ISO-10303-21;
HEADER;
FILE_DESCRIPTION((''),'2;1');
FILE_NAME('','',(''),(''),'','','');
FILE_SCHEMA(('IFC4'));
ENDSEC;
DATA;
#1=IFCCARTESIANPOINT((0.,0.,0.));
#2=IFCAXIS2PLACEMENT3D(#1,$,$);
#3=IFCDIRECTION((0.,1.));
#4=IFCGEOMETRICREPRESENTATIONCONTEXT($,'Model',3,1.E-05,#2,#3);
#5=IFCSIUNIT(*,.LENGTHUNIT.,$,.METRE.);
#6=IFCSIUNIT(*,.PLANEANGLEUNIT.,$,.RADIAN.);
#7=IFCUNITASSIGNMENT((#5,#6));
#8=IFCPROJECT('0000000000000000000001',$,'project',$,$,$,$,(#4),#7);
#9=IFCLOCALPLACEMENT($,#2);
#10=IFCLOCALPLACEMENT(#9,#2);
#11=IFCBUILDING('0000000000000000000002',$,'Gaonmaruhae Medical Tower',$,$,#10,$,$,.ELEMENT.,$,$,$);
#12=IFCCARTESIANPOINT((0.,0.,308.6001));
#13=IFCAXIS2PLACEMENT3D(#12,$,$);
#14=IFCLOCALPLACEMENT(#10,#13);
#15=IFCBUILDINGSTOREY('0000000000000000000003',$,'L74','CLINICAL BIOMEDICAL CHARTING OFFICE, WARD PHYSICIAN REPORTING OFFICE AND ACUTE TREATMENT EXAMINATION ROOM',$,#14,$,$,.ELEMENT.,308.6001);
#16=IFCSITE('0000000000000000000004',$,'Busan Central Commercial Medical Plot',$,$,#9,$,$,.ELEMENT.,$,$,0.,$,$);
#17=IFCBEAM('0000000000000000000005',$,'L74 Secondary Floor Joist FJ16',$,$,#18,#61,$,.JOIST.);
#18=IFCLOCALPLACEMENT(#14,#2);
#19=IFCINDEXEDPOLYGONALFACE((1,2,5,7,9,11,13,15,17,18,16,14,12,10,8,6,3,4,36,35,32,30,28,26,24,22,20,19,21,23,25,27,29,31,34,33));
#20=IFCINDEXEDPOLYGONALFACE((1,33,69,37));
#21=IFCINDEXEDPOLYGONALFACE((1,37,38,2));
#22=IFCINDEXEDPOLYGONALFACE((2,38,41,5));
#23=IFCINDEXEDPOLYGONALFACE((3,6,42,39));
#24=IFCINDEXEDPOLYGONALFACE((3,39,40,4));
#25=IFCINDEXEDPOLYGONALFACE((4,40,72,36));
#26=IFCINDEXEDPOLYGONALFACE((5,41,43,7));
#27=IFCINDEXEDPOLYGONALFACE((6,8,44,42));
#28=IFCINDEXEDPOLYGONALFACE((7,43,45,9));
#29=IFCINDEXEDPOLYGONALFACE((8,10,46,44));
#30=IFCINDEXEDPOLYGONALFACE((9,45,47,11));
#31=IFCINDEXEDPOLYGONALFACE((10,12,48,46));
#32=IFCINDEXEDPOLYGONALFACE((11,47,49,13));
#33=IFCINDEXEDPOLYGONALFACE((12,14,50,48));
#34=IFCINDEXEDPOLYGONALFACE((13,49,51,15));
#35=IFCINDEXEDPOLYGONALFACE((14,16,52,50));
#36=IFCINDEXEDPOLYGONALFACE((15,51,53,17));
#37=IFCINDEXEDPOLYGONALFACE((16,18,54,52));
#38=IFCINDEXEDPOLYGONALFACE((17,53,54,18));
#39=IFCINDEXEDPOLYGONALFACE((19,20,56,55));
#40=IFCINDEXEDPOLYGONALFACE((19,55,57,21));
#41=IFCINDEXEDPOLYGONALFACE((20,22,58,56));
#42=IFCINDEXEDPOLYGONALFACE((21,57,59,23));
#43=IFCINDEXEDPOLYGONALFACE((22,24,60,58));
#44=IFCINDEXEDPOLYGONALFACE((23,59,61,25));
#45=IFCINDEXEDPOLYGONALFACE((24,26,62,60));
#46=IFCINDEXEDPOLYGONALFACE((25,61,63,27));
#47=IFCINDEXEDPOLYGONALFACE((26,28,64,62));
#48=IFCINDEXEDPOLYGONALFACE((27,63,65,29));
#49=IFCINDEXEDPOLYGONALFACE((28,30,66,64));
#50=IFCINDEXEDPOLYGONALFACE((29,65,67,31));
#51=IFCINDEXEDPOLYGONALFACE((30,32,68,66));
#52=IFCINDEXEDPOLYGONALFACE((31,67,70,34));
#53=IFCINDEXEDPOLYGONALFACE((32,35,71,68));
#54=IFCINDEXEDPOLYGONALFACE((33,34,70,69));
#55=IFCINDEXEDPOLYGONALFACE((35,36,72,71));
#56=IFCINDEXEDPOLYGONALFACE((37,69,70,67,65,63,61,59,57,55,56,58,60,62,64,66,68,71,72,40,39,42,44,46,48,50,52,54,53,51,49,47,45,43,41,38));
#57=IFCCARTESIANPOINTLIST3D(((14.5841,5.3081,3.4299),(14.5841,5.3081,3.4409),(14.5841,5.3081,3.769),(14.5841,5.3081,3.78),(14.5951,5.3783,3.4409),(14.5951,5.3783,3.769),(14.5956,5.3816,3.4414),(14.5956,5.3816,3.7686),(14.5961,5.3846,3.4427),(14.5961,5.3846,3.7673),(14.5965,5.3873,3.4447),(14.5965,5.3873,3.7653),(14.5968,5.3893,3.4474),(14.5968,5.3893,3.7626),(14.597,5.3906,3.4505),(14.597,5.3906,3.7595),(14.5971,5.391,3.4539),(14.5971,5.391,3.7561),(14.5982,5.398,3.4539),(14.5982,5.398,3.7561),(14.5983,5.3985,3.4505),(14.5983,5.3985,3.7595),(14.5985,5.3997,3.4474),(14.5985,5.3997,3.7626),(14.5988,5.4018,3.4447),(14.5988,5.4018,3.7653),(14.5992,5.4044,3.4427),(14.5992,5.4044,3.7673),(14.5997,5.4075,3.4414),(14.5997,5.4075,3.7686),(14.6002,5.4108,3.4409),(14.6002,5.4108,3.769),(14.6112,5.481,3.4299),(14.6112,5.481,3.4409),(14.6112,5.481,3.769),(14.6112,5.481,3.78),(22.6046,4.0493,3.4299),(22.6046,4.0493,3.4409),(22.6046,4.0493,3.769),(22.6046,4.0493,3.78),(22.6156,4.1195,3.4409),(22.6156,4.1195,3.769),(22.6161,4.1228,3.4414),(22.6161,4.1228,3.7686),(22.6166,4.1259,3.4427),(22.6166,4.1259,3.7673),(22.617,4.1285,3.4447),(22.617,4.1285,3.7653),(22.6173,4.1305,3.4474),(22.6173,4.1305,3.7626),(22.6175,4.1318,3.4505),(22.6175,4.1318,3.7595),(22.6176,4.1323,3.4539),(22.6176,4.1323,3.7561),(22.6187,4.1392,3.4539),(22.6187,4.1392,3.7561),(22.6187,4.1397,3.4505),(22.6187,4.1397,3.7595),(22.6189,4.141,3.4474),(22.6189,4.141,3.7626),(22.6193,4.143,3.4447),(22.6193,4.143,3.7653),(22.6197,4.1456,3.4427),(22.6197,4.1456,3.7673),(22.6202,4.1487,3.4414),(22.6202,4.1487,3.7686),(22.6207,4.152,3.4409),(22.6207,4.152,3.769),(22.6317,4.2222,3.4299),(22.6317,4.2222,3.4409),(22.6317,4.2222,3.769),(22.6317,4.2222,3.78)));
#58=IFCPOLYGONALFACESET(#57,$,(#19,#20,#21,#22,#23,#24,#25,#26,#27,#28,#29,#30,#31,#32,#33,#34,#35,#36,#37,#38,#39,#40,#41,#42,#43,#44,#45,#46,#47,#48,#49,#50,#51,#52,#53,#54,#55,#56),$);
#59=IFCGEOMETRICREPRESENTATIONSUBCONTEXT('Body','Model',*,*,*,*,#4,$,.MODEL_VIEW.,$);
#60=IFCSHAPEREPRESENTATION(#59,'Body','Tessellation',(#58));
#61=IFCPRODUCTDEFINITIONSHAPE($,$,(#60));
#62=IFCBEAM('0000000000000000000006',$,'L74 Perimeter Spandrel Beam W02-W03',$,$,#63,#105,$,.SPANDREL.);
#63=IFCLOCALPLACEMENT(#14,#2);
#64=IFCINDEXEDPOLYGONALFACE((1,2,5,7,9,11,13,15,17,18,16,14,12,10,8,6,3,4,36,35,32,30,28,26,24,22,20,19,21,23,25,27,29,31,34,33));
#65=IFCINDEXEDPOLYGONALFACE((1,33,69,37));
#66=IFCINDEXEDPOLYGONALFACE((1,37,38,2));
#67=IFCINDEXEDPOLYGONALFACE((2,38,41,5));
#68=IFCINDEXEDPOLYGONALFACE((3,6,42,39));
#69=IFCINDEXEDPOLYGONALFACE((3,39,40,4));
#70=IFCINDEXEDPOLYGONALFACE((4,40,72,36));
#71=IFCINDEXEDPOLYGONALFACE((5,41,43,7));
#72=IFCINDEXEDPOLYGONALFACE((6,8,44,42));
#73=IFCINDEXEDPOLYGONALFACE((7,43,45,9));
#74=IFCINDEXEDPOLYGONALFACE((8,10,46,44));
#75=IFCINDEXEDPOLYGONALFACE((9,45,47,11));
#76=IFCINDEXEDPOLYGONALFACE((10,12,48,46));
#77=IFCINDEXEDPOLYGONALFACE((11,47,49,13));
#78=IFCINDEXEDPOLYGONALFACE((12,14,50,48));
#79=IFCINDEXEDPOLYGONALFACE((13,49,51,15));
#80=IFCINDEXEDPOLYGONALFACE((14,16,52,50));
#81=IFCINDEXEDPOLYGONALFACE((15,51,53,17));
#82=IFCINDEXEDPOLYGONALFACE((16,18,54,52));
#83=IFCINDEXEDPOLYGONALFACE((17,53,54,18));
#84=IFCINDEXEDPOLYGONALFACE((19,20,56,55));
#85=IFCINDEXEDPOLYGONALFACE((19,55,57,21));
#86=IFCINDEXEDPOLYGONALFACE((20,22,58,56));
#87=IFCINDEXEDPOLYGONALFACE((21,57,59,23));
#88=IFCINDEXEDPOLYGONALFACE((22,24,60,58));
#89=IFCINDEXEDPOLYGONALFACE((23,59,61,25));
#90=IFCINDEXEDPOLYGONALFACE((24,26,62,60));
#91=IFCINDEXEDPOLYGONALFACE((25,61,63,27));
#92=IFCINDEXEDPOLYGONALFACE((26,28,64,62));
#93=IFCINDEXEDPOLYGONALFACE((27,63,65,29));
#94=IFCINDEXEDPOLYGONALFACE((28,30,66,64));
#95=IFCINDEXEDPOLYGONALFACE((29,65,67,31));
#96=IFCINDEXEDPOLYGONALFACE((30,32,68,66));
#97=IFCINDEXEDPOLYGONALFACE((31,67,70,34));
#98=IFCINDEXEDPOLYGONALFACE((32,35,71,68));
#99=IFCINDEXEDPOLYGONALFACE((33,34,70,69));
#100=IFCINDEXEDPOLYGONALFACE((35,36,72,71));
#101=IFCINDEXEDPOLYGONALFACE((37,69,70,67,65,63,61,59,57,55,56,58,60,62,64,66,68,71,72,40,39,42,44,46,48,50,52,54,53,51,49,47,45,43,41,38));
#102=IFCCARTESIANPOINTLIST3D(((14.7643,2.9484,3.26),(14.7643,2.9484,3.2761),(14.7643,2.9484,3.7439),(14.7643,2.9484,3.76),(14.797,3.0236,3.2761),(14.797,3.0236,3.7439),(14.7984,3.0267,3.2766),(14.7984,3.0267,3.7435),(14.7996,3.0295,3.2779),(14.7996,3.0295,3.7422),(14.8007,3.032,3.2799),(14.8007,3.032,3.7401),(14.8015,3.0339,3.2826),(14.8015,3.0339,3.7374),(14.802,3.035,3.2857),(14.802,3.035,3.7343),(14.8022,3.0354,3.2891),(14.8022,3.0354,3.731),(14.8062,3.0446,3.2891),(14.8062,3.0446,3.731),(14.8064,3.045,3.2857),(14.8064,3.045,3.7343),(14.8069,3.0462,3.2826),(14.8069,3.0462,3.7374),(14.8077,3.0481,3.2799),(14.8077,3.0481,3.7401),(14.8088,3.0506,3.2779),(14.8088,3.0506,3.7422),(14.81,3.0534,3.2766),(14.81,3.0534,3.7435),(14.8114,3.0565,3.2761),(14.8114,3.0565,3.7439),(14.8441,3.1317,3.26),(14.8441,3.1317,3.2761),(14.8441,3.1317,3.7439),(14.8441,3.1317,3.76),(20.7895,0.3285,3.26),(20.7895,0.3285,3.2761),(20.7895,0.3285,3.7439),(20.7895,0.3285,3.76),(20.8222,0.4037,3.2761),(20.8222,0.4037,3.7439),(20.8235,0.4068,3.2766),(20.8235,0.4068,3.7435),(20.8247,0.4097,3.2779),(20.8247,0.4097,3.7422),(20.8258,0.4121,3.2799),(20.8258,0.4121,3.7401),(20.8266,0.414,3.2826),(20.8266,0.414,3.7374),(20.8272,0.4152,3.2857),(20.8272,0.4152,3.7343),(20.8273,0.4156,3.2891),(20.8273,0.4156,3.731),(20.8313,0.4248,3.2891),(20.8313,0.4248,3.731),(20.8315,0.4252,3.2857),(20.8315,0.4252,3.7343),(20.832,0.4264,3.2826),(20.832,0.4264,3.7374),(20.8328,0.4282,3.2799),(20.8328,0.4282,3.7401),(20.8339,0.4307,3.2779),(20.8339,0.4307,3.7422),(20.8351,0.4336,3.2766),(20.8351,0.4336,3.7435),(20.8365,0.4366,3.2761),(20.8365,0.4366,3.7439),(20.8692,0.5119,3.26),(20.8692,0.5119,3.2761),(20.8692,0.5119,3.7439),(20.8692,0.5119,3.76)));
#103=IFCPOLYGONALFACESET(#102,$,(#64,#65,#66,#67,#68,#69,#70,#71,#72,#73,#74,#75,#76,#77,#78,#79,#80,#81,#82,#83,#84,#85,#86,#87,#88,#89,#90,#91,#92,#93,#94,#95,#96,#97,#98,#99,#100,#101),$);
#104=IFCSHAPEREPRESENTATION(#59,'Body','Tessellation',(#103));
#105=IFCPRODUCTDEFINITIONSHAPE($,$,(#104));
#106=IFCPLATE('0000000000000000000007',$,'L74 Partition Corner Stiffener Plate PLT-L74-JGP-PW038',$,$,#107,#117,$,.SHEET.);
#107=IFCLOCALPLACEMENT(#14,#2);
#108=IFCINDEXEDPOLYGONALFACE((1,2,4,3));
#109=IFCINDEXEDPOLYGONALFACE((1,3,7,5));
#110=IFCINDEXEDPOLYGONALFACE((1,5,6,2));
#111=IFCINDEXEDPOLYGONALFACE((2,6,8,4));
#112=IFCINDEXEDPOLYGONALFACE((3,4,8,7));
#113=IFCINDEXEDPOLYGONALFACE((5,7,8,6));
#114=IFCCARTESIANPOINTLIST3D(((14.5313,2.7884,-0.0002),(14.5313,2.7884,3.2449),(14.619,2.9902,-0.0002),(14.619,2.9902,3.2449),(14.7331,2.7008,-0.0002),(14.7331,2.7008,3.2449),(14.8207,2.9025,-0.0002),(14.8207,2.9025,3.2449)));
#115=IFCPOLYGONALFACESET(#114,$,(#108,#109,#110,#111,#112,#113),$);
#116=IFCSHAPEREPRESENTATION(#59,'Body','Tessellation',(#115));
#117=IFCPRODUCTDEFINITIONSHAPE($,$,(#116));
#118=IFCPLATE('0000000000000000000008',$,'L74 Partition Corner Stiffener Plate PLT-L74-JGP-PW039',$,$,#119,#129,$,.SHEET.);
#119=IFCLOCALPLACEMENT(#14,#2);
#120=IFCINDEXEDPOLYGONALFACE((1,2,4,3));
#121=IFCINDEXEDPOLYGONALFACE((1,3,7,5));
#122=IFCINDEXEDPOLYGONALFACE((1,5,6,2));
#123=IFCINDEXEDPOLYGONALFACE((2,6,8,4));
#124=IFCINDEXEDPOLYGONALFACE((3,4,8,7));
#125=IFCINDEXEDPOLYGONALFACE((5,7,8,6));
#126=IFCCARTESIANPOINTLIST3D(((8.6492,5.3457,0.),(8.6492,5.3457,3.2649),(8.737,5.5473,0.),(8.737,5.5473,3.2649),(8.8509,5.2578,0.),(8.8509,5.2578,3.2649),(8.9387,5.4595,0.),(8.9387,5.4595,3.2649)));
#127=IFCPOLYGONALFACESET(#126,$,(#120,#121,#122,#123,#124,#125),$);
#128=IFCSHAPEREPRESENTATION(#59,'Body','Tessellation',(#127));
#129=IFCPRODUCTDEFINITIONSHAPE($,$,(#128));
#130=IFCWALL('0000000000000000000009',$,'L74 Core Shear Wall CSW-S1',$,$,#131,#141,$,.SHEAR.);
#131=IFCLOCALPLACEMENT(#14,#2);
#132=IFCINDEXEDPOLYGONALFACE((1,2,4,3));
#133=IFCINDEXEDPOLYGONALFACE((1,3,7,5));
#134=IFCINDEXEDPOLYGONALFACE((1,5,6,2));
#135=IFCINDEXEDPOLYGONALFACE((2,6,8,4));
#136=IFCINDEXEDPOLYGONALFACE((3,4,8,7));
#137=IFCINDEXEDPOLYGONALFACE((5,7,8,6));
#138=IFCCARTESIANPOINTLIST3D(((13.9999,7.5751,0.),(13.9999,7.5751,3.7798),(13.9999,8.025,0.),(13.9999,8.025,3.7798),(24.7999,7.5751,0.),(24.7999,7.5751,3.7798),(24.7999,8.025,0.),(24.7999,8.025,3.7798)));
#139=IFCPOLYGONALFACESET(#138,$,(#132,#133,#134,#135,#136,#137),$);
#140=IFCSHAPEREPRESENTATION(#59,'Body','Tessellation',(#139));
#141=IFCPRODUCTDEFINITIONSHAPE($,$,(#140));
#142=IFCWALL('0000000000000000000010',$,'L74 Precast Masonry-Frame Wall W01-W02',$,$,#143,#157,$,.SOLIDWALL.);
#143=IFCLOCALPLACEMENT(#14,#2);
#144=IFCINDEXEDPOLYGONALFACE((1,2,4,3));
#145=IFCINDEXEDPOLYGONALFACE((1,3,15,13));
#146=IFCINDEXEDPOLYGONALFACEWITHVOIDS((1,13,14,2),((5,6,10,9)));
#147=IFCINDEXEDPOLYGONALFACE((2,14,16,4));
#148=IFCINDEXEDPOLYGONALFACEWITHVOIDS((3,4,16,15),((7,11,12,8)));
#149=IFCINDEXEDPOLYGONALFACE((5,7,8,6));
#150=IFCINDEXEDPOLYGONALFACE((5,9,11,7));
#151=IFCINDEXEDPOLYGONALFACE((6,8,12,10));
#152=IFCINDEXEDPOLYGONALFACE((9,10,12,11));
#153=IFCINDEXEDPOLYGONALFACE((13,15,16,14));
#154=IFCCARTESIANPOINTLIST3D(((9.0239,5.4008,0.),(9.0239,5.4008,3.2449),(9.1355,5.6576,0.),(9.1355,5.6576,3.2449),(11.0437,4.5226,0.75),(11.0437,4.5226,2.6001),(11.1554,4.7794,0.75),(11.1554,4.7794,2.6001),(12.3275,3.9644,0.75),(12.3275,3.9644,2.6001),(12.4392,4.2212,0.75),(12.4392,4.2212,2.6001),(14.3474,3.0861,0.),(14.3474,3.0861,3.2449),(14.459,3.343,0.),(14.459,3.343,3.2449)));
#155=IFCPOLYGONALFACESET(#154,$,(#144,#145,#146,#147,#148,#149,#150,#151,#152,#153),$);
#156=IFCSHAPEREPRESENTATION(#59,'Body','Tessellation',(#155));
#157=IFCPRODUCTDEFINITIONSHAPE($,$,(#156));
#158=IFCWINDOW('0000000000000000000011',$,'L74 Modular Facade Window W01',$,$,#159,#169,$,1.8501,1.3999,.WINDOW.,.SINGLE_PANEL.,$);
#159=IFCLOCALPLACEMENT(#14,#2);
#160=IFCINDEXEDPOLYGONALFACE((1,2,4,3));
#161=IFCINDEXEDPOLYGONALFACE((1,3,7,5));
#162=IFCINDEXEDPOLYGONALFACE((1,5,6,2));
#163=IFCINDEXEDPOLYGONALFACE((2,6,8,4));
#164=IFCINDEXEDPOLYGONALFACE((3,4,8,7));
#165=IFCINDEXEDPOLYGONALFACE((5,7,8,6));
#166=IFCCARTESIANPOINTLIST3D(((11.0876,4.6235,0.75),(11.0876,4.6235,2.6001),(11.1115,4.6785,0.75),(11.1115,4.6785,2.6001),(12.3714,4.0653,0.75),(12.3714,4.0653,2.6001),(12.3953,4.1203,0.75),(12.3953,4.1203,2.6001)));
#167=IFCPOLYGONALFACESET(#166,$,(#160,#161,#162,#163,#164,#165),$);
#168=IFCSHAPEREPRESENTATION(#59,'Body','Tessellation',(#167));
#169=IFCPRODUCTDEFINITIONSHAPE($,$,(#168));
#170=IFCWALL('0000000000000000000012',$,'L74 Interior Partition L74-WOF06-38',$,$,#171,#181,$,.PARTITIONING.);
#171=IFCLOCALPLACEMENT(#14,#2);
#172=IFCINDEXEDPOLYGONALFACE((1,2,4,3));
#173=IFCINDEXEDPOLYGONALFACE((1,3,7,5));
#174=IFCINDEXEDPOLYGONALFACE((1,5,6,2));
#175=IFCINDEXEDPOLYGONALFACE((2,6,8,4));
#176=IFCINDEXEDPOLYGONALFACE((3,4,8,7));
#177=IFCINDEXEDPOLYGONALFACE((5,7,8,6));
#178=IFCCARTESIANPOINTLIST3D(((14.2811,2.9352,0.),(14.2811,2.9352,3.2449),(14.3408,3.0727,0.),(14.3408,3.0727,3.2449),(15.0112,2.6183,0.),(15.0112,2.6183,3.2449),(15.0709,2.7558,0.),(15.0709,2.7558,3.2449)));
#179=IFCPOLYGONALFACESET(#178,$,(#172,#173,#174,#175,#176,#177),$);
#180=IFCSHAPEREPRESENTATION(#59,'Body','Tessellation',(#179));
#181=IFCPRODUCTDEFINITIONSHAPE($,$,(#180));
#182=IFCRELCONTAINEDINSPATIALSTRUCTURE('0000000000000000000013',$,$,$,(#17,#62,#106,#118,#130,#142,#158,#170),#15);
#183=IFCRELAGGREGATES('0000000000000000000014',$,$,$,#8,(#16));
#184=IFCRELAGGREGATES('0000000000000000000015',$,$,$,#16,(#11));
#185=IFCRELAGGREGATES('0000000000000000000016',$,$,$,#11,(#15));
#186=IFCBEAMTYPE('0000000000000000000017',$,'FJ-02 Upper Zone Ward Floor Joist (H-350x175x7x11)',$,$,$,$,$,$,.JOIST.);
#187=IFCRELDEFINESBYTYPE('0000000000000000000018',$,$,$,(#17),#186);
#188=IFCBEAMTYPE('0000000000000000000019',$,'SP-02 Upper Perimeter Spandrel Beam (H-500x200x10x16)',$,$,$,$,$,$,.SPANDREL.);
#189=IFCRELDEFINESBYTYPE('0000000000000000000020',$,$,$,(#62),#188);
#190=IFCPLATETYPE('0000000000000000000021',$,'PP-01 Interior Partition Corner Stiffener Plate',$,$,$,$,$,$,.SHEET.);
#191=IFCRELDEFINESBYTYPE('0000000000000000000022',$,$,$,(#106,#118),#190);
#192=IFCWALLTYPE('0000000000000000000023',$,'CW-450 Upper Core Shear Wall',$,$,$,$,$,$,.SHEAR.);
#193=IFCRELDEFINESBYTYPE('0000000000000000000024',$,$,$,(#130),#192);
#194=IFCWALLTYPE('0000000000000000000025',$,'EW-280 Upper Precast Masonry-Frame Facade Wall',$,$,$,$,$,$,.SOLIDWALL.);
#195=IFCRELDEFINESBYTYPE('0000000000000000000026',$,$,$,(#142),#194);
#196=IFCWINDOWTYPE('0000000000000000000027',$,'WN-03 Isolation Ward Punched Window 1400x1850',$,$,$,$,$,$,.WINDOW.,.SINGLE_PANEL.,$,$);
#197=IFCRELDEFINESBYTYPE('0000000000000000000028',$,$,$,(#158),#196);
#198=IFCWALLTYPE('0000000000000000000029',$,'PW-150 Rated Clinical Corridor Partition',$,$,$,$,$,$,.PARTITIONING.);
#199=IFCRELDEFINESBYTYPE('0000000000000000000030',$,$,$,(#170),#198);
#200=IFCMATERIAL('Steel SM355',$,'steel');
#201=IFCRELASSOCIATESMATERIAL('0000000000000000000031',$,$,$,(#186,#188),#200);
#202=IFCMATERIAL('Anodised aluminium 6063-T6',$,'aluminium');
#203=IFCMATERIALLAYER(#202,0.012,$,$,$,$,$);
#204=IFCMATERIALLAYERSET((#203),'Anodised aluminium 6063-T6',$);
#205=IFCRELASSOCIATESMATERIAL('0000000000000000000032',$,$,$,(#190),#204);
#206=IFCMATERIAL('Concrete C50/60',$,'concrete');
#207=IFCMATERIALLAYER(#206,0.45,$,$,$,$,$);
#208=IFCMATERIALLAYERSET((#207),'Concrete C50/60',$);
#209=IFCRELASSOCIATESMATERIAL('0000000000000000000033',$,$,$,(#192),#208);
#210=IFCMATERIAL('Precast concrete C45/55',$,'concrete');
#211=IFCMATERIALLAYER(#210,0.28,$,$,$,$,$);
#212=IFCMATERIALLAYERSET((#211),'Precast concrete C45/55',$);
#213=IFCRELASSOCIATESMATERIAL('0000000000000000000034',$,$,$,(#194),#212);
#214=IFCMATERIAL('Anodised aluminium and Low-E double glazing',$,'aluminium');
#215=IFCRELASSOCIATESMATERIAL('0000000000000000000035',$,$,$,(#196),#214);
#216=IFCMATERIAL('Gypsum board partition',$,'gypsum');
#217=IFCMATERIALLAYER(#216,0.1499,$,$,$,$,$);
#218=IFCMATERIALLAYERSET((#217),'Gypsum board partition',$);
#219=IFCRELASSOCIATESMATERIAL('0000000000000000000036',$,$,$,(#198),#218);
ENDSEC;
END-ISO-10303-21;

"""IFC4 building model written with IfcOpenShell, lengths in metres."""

from ifc_helpers import new_model, si_unit, direction, frame, frame_2d, origin, origin_2d, place, context, subcontext, project, spatial, rectangle, i_section, extrude, material, layer, layer_set, material_profile, profile_set, type_object, element, fill, save


model = new_model("IFC4")

# Units and contexts
model_context = context("Model", 3, precision=1e-05, world=origin(), true_north=direction((0.0, 1.0)))
body_context = subcontext(model_context, "Body", "Model", "MODEL_VIEW")
ifc_project = project(units=[si_unit("LENGTHUNIT", "METRE"), si_unit("PLANEANGLEUNIT", "RADIAN")], contexts=[model_context])

# Site, building, storey
site_placement = place(None, origin())
site = spatial("IfcSite", under=ifc_project, at=site_placement, Name="Busan Central Commercial Medical Plot", CompositionType="ELEMENT", RefElevation=0.0)
building_placement = place(site_placement, origin())
building = spatial("IfcBuilding", under=site, at=building_placement, Name="Gaonmaruhae Medical Tower", CompositionType="ELEMENT")
storey_placement = place(building_placement, frame((0.0, 0.0, 308.6001)))
storey = spatial("IfcBuildingStorey", under=building, at=storey_placement, Name="L74", Description="CLINICAL BIOMEDICAL CHARTING OFFICE, WARD PHYSICIAN REPORTING OFFICE AND ACUTE TREATMENT EXAMINATION ROOM", CompositionType="ELEMENT", Elevation=308.6001)

# Shared definitions
ifc_material_1 = material(Name="Concrete C50/60", Category="concrete")

# Beams
ifc_material_2 = material(Name="Steel SM355", Category="steel")
ifc_material_profile_1 = material_profile(ifc_material_2, i_section(OverallWidth=0.175, OverallDepth=0.3501, WebThickness=0.0071, FlangeThickness=0.011, FilletRadius=0.0129, at=origin_2d()), Name="H-350x175x7x11")
ifc_profile_set_1 = profile_set([ifc_material_profile_1], Name="Steel SM355")
beam_type_1 = type_object("IfcBeamType", Name="FJ-02 Upper Zone Ward Floor Joist (H-350x175x7x11)", PredefinedType="JOIST", material=ifc_profile_set_1)
beam_1_placement = place(storey_placement, frame((14.5977, 5.3945, 3.605), z_axis=(0.987907, -0.155048, 0.0), x_axis=(0.155048, 0.987907, 0.0)))
element("IfcBeam", 1, at=beam_1_placement, inside=storey, type_object=beam_type_1, Name="L74 Secondary Floor Joist FJ16", PredefinedType="JOIST", context=body_context, shape_type="SweptSolid", body=[
    extrude(i_section(OverallWidth=0.175, OverallDepth=0.3501, WebThickness=0.0071, FlangeThickness=0.011, FilletRadius=0.0129, at=origin_2d()), origin(), (0.0, 0.0, 1.0), 8.1187),
])
ifc_material_profile_2 = material_profile(ifc_material_2, i_section(OverallWidth=0.2, OverallDepth=0.5, WebThickness=0.01, FlangeThickness=0.0161, FilletRadius=0.0129, at=origin_2d()), Name="H-500x200x10x16")
ifc_profile_set_2 = profile_set([ifc_material_profile_2], Name="Steel SM355")
beam_type_2 = type_object("IfcBeamType", Name="SP-02 Upper Perimeter Spandrel Beam (H-500x200x10x16)", PredefinedType="SPANDREL", material=ifc_profile_set_2)
beam_2_placement = place(storey_placement, frame((14.8042, 3.04, 3.51), z_axis=(0.917056, -0.398757, 0.0), x_axis=(0.398757, 0.917056, 0.0)))
element("IfcBeam", 2, at=beam_2_placement, inside=storey, type_object=beam_type_2, Name="L74 Perimeter Spandrel Beam W02-W03", PredefinedType="SPANDREL", context=body_context, shape_type="SweptSolid", body=[
    extrude(i_section(OverallWidth=0.2, OverallDepth=0.5, WebThickness=0.01, FlangeThickness=0.0161, FilletRadius=0.0129, at=origin_2d()), origin(), (0.0, 0.0, 1.0), 6.5701),
])

# Plates
ifc_material_3 = material(Name="Anodised aluminium 6063-T6", Category="aluminium")
ifc_layer_1 = layer(ifc_material_3, 0.012)
ifc_layer_set_1 = layer_set([ifc_layer_1], Name="Anodised aluminium 6063-T6")
plate_type = type_object("IfcPlateType", Name="PP-01 Interior Partition Corner Stiffener Plate", PredefinedType="SHEET", material=ifc_layer_set_1)
plate_1_placement = place(storey_placement, frame((14.676, 2.8455, -0.0002), z_axis=(0.0, 0.0, 1.0), x_axis=(-0.917248, 0.398317, 0.0)))
element("IfcPlate", 3, at=plate_1_placement, inside=storey, type_object=plate_type, Name="L74 Partition Corner Stiffener Plate PLT-L74-JGP-PW038", PredefinedType="SHEET", context=body_context, shape_type="SweptSolid", body=[
    extrude(rectangle(XDim=0.22, YDim=0.22, at=origin_2d()), origin(), (0.0, 0.0, 1.0), 3.2451),
])
plate_2_placement = place(storey_placement, frame((8.7939, 5.4026, 0.0), z_axis=(0.0, 0.0, 1.0), x_axis=(-0.916809, 0.399325, 0.0)))
element("IfcPlate", 4, at=plate_2_placement, inside=storey, type_object=plate_type, Name="L74 Partition Corner Stiffener Plate PLT-L74-JGP-PW039", PredefinedType="SHEET", context=body_context, shape_type="SweptSolid", body=[
    extrude(rectangle(XDim=0.22, YDim=0.22, at=origin_2d()), origin(), (0.0, 0.0, 1.0), 3.2649),
])

# Wall
ifc_layer_2 = layer(ifc_material_1, 0.45)
ifc_layer_set_2 = layer_set([ifc_layer_2], Name="Concrete C50/60")
wall_type_1 = type_object("IfcWallType", Name="CW-450 Upper Core Shear Wall", PredefinedType="SHEAR", material=ifc_layer_set_2)
wall_1_placement = place(storey_placement, frame((14.0, 7.8, 0.0), z_axis=(0.0, 0.0, 1.0), x_axis=(1.0, 0.0, 0.0)))
element("IfcWall", 5, at=wall_1_placement, inside=storey, type_object=wall_type_1, Name="L74 Core Shear Wall CSW-S1", PredefinedType="SHEAR", context=body_context, shape_type="SweptSolid", body=[
    extrude(rectangle(XDim=10.8, YDim=0.45, at=frame_2d((5.3999, 0.0))), origin(), (0.0, 0.0, 1.0), 3.7798),
])

# Wall, opening, window
ifc_material_4 = material(Name="Precast concrete C45/55", Category="concrete")
ifc_layer_3 = layer(ifc_material_4, 0.28)
ifc_layer_set_3 = layer_set([ifc_layer_3], Name="Precast concrete C45/55")
wall_type_2 = type_object("IfcWallType", Name="EW-280 Upper Precast Masonry-Frame Facade Wall", PredefinedType="SOLIDWALL", material=ifc_layer_set_3)
wall_2_placement = place(storey_placement, frame((14.4031, 3.2146, 0.0), z_axis=(0.0, 0.0, 1.0), x_axis=(-0.917061, 0.398746, 0.0)))
wall_2 = element("IfcWall", 6, at=wall_2_placement, inside=storey, type_object=wall_type_2, Name="L74 Precast Masonry-Frame Wall W01-W02", PredefinedType="SOLIDWALL", context=body_context, shape_type="SweptSolid", body=[
    extrude(rectangle(XDim=5.8049, YDim=0.28, at=frame_2d((2.9023, 0.0))), origin(), (0.0, 0.0, 1.0), 3.2449),
])
opening_placement = place(wall_2_placement, frame((2.2024, 0.0, 0.75)))
opening = element("IfcOpeningElement", 7, at=opening_placement, cuts=wall_2, PredefinedType="OPENING", context=body_context, shape_type="SweptSolid", body=[
    extrude(rectangle(XDim=1.3999, YDim=1.8501, at=frame_2d((0.7, 0.925))), frame((0.0, 0.1499, 0.0), z_axis=(0.0, -1.0, 0.0), x_axis=(1.0, 0.0, 0.0)), (0.0, 0.0, 1.0), 0.3),
])
ifc_material_5 = material(Name="Anodised aluminium and Low-E double glazing", Category="aluminium")
window_type = type_object("IfcWindowType", Name="WN-03 Isolation Ward Punched Window 1400x1850", PartitioningType="SINGLE_PANEL", PredefinedType="WINDOW", material=ifc_material_5)
window_placement = place(opening_placement, origin())
window = element("IfcWindow", 8, at=window_placement, inside=storey, type_object=window_type, Name="L74 Modular Facade Window W01", OverallHeight=1.8501, OverallWidth=1.3999, PartitioningType="SINGLE_PANEL", PredefinedType="WINDOW", context=body_context, shape_type="SweptSolid", body=[
    extrude(rectangle(XDim=1.3999, YDim=1.8501, at=frame_2d((0.7, 0.925))), frame((0.0, 0.03, 0.0), z_axis=(0.0, -1.0, 0.0), x_axis=(1.0, 0.0, 0.0)), (0.0, 0.0, 1.0), 0.0601),
])
fill(opening, window)

# Wall
ifc_material_6 = material(Name="Gypsum board partition", Category="gypsum")
ifc_layer_4 = layer(ifc_material_6, 0.1499)
ifc_layer_set_4 = layer_set([ifc_layer_4], Name="Gypsum board partition")
wall_type_3 = type_object("IfcWallType", Name="PW-150 Rated Clinical Corridor Partition", PredefinedType="PARTITIONING", material=ifc_layer_set_4)
wall_3_placement = place(storey_placement, frame((15.041, 2.687, 0.0), z_axis=(0.0, 0.0, 1.0), x_axis=(-0.917294, 0.39821, 0.0)))
element("IfcWall", 9, at=wall_3_placement, inside=storey, type_object=wall_type_3, Name="L74 Interior Partition L74-WOF06-38", PredefinedType="PARTITIONING", context=body_context, shape_type="SweptSolid", body=[
    extrude(rectangle(XDim=0.7959, YDim=0.1499, at=frame_2d((0.3979, 0.0))), origin(), (0.0, 0.0, 1.0), 3.2449),
])

save(model, "model.ifc")
